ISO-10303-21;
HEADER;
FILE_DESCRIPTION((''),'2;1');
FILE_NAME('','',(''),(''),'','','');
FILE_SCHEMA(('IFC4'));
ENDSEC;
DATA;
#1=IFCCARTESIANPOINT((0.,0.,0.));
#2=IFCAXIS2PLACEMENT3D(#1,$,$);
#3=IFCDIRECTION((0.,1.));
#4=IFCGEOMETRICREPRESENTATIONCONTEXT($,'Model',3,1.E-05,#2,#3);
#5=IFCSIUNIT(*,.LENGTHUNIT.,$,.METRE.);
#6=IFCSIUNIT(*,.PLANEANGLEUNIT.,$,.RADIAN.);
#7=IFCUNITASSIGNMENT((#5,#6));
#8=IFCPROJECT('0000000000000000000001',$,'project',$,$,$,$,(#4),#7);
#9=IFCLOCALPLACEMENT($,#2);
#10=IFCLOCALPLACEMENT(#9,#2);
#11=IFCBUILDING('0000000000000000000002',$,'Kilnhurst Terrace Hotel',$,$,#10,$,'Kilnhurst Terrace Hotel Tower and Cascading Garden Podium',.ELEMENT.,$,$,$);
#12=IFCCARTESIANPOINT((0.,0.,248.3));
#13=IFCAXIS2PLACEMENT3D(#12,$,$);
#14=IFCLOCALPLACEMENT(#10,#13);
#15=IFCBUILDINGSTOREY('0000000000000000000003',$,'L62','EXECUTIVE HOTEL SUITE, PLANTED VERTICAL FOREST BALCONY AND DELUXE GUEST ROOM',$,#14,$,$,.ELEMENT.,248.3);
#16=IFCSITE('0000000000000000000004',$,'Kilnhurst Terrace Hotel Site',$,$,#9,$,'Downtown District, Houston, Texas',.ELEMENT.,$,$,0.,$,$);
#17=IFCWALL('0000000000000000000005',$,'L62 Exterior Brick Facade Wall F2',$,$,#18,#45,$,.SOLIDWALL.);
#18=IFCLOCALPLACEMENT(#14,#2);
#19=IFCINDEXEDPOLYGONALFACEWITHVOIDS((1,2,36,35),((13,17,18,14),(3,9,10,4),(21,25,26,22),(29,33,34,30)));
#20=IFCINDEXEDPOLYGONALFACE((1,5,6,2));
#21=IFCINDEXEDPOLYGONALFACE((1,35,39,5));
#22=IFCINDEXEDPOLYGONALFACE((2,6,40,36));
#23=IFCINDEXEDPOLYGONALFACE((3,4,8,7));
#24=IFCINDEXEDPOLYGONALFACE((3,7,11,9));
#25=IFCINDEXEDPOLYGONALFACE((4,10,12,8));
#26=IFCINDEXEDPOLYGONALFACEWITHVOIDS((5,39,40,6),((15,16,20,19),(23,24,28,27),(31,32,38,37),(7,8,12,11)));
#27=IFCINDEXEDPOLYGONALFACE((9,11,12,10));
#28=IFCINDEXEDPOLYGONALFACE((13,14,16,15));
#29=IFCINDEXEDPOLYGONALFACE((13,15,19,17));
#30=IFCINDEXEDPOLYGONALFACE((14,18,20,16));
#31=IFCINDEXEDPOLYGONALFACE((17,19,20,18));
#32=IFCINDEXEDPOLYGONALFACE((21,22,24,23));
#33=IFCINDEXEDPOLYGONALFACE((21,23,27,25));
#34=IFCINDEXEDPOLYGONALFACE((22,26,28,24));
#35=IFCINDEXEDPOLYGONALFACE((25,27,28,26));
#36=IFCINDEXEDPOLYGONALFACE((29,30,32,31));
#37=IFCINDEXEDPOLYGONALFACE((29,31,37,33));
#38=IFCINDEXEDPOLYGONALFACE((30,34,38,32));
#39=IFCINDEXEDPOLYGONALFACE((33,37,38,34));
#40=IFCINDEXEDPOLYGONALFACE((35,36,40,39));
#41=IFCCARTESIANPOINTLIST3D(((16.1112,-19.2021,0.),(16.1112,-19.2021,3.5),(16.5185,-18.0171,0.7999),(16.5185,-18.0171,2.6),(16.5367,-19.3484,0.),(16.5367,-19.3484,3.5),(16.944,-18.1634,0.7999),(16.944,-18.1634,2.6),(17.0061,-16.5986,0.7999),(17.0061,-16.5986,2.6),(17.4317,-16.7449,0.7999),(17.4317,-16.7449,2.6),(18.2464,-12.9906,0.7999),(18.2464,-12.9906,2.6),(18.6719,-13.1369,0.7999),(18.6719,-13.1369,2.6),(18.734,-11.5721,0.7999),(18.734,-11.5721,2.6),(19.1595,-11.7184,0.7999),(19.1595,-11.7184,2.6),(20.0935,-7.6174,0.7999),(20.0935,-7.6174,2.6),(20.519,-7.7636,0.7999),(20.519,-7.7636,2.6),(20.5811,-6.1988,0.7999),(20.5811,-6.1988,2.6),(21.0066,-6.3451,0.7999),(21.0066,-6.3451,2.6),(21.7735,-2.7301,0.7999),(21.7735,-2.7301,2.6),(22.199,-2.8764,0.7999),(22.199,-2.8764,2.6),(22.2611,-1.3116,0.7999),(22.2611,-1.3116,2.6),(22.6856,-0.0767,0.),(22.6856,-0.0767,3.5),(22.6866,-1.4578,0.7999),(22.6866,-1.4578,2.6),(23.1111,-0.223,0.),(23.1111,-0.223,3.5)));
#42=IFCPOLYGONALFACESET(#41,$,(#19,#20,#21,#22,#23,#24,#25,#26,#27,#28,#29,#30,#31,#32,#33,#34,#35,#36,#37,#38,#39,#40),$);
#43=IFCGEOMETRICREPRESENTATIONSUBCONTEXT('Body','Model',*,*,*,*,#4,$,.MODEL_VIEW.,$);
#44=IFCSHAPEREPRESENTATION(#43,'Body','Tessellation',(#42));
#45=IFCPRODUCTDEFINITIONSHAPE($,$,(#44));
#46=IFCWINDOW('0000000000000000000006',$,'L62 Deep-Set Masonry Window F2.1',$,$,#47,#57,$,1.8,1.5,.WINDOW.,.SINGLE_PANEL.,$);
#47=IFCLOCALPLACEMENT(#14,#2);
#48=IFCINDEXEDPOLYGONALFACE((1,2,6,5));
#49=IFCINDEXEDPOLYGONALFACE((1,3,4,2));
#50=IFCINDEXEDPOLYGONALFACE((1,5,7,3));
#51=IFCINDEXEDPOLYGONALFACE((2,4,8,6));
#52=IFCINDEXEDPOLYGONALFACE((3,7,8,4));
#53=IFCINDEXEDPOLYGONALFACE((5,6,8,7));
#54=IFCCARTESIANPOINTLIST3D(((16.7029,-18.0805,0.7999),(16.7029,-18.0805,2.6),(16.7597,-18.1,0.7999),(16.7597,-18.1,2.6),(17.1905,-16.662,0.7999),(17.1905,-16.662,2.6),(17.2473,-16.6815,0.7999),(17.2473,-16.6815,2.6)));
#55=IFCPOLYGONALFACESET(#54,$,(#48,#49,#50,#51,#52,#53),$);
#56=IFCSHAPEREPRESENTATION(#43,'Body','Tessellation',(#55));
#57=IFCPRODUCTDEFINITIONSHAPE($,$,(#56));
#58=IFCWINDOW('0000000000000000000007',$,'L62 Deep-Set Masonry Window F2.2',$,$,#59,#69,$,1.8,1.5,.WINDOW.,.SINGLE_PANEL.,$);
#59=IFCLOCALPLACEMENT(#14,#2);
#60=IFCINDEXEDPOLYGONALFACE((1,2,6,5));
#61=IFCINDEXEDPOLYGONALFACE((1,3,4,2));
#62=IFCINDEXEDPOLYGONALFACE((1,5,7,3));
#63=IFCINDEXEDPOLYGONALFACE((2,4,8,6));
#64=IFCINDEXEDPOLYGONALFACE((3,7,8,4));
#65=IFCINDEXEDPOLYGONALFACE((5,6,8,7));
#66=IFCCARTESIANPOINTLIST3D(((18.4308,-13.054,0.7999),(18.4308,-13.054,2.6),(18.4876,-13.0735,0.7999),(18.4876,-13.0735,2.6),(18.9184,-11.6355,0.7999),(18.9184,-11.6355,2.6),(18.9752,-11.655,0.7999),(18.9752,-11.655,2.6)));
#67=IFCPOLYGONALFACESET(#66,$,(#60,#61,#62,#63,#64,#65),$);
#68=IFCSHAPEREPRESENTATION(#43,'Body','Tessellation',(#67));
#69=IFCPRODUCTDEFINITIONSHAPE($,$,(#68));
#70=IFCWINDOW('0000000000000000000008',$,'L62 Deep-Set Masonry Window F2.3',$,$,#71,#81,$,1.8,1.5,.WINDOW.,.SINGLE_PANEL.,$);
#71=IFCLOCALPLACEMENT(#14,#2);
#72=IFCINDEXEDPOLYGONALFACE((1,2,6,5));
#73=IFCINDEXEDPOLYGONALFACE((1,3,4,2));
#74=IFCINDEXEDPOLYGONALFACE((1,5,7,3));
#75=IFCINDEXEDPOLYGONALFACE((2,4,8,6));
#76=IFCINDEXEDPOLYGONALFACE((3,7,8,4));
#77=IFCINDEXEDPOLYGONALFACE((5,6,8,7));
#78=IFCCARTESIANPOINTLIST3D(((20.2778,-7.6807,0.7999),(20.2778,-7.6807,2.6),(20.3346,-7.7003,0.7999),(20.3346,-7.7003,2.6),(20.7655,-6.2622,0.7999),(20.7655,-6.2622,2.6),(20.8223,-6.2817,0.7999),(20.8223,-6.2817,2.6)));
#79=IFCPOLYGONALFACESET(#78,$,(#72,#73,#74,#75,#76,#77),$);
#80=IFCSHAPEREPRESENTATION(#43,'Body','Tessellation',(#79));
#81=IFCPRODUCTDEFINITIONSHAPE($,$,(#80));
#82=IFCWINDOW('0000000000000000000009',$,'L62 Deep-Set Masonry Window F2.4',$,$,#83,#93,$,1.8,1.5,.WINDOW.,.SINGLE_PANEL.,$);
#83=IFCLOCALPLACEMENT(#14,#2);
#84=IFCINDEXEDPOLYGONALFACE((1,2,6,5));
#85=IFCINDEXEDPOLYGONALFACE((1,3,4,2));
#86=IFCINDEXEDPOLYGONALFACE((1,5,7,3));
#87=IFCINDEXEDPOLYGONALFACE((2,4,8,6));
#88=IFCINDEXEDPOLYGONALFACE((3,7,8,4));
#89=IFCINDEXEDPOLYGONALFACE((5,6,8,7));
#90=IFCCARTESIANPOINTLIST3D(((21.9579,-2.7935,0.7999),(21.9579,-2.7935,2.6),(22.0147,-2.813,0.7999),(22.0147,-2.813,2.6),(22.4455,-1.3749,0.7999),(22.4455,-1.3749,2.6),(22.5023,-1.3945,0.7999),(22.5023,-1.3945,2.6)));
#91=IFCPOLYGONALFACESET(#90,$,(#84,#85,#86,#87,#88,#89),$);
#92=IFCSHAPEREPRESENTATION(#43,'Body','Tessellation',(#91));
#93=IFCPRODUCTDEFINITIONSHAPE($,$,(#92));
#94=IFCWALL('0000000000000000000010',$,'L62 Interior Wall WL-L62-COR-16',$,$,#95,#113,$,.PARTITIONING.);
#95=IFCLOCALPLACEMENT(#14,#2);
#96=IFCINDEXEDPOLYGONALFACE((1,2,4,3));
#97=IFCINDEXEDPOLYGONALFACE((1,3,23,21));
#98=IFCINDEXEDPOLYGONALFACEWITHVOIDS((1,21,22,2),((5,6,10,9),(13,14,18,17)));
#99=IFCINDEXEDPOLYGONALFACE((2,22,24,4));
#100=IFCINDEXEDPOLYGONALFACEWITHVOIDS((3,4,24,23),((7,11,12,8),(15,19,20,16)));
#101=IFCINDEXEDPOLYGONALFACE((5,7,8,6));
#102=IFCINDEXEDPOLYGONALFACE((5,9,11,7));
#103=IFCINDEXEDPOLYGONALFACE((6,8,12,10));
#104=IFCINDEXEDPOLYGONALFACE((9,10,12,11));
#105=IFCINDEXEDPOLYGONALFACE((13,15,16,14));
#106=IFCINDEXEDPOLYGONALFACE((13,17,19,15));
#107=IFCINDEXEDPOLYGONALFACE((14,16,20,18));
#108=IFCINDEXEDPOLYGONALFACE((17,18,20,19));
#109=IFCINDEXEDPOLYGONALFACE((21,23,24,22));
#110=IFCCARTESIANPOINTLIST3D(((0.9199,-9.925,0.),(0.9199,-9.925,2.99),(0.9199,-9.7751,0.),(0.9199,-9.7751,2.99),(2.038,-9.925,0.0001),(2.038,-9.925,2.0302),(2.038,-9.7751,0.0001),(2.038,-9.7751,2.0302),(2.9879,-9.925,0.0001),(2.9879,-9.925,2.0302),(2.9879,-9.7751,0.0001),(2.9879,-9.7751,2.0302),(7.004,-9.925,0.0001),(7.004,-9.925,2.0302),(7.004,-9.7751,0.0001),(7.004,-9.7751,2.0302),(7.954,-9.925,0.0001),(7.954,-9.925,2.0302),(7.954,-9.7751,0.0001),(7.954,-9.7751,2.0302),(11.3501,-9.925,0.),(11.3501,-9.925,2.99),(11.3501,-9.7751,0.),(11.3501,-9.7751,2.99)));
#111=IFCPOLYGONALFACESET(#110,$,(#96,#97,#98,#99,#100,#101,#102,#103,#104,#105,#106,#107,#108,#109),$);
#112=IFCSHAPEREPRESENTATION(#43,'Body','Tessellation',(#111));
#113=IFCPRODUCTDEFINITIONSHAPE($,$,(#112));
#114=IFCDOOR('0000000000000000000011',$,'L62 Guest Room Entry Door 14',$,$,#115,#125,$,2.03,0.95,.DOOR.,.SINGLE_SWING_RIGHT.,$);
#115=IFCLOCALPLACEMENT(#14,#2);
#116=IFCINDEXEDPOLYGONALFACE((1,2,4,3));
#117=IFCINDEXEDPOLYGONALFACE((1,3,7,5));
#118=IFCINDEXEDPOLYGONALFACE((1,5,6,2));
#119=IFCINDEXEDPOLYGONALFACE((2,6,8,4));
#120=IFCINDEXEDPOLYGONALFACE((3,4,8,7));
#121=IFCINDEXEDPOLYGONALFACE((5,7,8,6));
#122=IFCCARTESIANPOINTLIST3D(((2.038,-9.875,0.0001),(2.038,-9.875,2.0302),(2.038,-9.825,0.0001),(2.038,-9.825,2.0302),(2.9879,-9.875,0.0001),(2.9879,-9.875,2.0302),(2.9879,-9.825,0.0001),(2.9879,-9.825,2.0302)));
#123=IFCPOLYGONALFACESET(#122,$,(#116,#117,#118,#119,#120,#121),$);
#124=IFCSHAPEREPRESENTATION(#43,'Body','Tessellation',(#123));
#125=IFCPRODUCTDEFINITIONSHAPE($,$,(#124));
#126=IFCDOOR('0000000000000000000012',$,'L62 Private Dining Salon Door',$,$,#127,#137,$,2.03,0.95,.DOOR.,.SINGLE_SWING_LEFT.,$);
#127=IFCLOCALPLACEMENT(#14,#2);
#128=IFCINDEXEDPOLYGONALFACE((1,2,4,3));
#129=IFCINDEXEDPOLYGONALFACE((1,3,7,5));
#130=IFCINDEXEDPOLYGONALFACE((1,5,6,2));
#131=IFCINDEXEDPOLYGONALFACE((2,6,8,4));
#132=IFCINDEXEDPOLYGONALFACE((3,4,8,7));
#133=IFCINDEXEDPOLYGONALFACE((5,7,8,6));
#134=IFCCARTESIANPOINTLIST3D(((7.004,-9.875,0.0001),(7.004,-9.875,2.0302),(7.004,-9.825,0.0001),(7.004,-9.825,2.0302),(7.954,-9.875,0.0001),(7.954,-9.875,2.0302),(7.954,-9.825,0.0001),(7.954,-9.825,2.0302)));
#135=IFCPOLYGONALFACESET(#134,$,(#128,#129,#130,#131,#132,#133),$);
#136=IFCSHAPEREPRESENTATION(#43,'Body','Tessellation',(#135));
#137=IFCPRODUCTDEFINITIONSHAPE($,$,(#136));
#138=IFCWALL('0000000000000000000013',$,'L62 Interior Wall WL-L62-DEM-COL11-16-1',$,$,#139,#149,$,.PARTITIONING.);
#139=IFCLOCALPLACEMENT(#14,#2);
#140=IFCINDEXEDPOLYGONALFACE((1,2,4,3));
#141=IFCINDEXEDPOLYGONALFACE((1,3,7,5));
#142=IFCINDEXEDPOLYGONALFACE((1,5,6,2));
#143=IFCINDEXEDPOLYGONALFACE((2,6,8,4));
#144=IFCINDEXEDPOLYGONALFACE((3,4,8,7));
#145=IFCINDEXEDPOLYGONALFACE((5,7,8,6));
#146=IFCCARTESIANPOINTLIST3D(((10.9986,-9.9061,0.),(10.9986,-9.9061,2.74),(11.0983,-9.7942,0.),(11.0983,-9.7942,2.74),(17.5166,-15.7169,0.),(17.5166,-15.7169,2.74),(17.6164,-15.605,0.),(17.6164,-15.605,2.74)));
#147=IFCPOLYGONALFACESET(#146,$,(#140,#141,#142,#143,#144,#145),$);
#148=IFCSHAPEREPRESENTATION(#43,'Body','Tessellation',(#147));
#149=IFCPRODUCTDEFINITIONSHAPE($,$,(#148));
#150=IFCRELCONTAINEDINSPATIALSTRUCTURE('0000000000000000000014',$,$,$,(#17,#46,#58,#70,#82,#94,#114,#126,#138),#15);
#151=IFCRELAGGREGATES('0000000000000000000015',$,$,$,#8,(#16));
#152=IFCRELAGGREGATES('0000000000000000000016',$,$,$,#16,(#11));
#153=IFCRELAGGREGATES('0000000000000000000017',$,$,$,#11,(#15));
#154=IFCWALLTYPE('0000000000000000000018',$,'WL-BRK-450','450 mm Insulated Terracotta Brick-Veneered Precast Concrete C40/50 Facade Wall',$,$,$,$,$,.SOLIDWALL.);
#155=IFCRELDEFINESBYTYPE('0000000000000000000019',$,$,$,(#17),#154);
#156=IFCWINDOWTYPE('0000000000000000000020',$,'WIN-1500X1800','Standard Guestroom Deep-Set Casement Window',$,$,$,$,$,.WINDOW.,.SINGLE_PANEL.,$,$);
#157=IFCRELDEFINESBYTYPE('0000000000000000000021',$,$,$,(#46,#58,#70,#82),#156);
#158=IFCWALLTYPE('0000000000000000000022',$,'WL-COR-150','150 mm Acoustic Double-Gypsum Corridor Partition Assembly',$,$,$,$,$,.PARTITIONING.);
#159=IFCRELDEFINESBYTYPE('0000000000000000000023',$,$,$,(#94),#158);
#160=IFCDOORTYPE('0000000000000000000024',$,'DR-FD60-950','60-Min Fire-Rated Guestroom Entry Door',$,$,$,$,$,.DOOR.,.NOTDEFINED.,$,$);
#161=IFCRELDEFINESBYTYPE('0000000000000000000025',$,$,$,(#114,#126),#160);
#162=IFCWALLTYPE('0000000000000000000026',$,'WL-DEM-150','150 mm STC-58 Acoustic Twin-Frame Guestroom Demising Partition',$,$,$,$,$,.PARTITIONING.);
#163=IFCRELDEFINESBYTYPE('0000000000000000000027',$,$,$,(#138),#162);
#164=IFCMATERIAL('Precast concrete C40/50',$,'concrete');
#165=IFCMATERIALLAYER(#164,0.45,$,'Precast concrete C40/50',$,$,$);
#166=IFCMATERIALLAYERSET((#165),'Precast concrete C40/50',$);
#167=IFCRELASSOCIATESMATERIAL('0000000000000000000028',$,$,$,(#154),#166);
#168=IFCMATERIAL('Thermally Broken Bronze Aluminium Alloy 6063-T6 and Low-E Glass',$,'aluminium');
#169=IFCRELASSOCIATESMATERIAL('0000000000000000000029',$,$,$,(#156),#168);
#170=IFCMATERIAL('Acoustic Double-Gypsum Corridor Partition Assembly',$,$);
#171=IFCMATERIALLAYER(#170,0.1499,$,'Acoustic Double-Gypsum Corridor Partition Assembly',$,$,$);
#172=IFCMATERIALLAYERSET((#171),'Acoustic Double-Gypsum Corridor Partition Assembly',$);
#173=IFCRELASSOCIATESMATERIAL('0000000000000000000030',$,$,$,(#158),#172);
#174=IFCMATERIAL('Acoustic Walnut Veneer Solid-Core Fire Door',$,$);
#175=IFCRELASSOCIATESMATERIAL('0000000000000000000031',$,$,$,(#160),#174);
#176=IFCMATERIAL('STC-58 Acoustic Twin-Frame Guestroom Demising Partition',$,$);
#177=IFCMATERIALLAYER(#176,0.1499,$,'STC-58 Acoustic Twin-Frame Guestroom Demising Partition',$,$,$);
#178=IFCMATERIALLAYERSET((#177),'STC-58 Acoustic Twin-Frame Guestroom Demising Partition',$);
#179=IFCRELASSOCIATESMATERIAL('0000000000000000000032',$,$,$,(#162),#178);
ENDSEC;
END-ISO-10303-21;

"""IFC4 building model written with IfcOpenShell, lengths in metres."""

from ifc_helpers import new_model, si_unit, direction, frame, frame_2d, origin, place, context, subcontext, project, spatial, rectangle, extrude, material, layer, layer_set, type_object, element, fill, save


model = new_model("IFC4")

# Units and contexts
model_context = context("Model", 3, precision=1e-05, world=origin(), true_north=direction((0.0, 1.0)))
body_context = subcontext(model_context, "Body", "Model", "MODEL_VIEW")
ifc_project = project(units=[si_unit("LENGTHUNIT", "METRE"), si_unit("PLANEANGLEUNIT", "RADIAN")], contexts=[model_context])

# Site, building, storey
site_placement = place(None, origin())
site = spatial("IfcSite", under=ifc_project, at=site_placement, Name="Kilnhurst Terrace Hotel Site", LongName="Downtown District, Houston, Texas", CompositionType="ELEMENT", RefElevation=0.0)
building_placement = place(site_placement, origin())
building = spatial("IfcBuilding", under=site, at=building_placement, Name="Kilnhurst Terrace Hotel", LongName="Kilnhurst Terrace Hotel Tower and Cascading Garden Podium", CompositionType="ELEMENT")
storey_placement = place(building_placement, frame((0.0, 0.0, 248.3)))
storey = spatial("IfcBuildingStorey", under=building, at=storey_placement, Name="L62", Description="EXECUTIVE HOTEL SUITE, PLANTED VERTICAL FOREST BALCONY AND DELUXE GUEST ROOM", CompositionType="ELEMENT", Elevation=248.3)

# Shared definitions
ifc_material_1 = material(Name="Precast concrete C40/50", Category="concrete")
ifc_layer_1 = layer(ifc_material_1, 0.45, Name="Precast concrete C40/50")
ifc_layer_set_1 = layer_set([ifc_layer_1], Name="Precast concrete C40/50")
wall_type_1 = type_object("IfcWallType", Name="WL-BRK-450", Description="450 mm Insulated Terracotta Brick-Veneered Precast Concrete C40/50 Facade Wall", PredefinedType="SOLIDWALL", material=ifc_layer_set_1)

# Wall, openings, windows
wall_1_placement = place(storey_placement, frame((16.324, -19.2751, 0.0), z_axis=(0.0, 0.0, 1.0), x_axis=(0.325083, 0.945685, 0.0)))
wall_1 = element("IfcWall", 1, at=wall_1_placement, inside=storey, type_object=wall_type_1, Name="L62 Exterior Brick Facade Wall F2", PredefinedType="SOLIDWALL", context=body_context, shape_type="SweptSolid", body=[
    extrude(rectangle(XDim=20.2239, YDim=0.45, at=frame_2d((10.1118, 0.0))), origin(), (0.0, 0.0, 1.0), 3.5),
])
opening_1_placement = place(wall_1_placement, frame((1.2529, 0.0, 0.8)))
opening_1 = element("IfcOpeningElement", 2, at=opening_1_placement, cuts=wall_1, PredefinedType="OPENING", context=body_context, shape_type="SweptSolid", body=[
    extrude(rectangle(XDim=1.5, YDim=1.8, at=frame_2d((0.75, 0.8999))), frame((0.0, 0.2349, 0.0), z_axis=(0.0, -1.0, 0.0), x_axis=(1.0, 0.0, 0.0)), (0.0, 0.0, 1.0), 0.47),
])
opening_2_placement = place(wall_1_placement, frame((6.5681, 0.0, 0.8)))
opening_2 = element("IfcOpeningElement", 3, at=opening_2_placement, cuts=wall_1, PredefinedType="OPENING", context=body_context, shape_type="SweptSolid", body=[
    extrude(rectangle(XDim=1.5, YDim=1.8, at=frame_2d((0.75, 0.8999))), frame((0.0, 0.2349, 0.0), z_axis=(0.0, -1.0, 0.0), x_axis=(1.0, 0.0, 0.0)), (0.0, 0.0, 1.0), 0.47),
])
opening_3_placement = place(wall_1_placement, frame((12.25, 0.0, 0.8)))
opening_3 = element("IfcOpeningElement", 4, at=opening_3_placement, cuts=wall_1, PredefinedType="OPENING", context=body_context, shape_type="SweptSolid", body=[
    extrude(rectangle(XDim=1.5, YDim=1.8, at=frame_2d((0.75, 0.8999))), frame((0.0, 0.2349, 0.0), z_axis=(0.0, -1.0, 0.0), x_axis=(1.0, 0.0, 0.0)), (0.0, 0.0, 1.0), 0.47),
])
opening_4_placement = place(wall_1_placement, frame((17.418, 0.0, 0.8)))
opening_4 = element("IfcOpeningElement", 5, at=opening_4_placement, cuts=wall_1, PredefinedType="OPENING", context=body_context, shape_type="SweptSolid", body=[
    extrude(rectangle(XDim=1.5, YDim=1.8, at=frame_2d((0.75, 0.8999))), frame((0.0, 0.2349, 0.0), z_axis=(0.0, -1.0, 0.0), x_axis=(1.0, 0.0, 0.0)), (0.0, 0.0, 1.0), 0.47),
])
ifc_material_2 = material(Name="Thermally Broken Bronze Aluminium Alloy 6063-T6 and Low-E Glass", Category="aluminium")
window_type = type_object("IfcWindowType", Name="WIN-1500X1800", Description="Standard Guestroom Deep-Set Casement Window", PartitioningType="SINGLE_PANEL", PredefinedType="WINDOW", material=ifc_material_2)
window_1_placement = place(opening_1_placement, origin())
window_1 = element("IfcWindow", 6, at=window_1_placement, inside=storey, type_object=window_type, Name="L62 Deep-Set Masonry Window F2.1", OverallHeight=1.8, OverallWidth=1.5, PartitioningType="SINGLE_PANEL", PredefinedType="WINDOW", context=body_context, shape_type="SweptSolid", body=[
    extrude(rectangle(XDim=1.5, YDim=1.8, at=frame_2d((0.75, 0.8999))), frame((0.0, 0.03, 0.0), z_axis=(0.0, -1.0, 0.0), x_axis=(1.0, 0.0, 0.0)), (0.0, 0.0, 1.0), 0.0601),
])
fill(opening_1, window_1)
window_2_placement = place(opening_2_placement, origin())
window_2 = element("IfcWindow", 7, at=window_2_placement, inside=storey, type_object=window_type, Name="L62 Deep-Set Masonry Window F2.2", OverallHeight=1.8, OverallWidth=1.5, PartitioningType="SINGLE_PANEL", PredefinedType="WINDOW", context=body_context, shape_type="SweptSolid", body=[
    extrude(rectangle(XDim=1.5, YDim=1.8, at=frame_2d((0.75, 0.8999))), frame((0.0, 0.03, 0.0), z_axis=(0.0, -1.0, 0.0), x_axis=(1.0, 0.0, 0.0)), (0.0, 0.0, 1.0), 0.0601),
])
fill(opening_2, window_2)
window_3_placement = place(opening_3_placement, origin())
window_3 = element("IfcWindow", 8, at=window_3_placement, inside=storey, type_object=window_type, Name="L62 Deep-Set Masonry Window F2.3", OverallHeight=1.8, OverallWidth=1.5, PartitioningType="SINGLE_PANEL", PredefinedType="WINDOW", context=body_context, shape_type="SweptSolid", body=[
    extrude(rectangle(XDim=1.5, YDim=1.8, at=frame_2d((0.75, 0.8999))), frame((0.0, 0.03, 0.0), z_axis=(0.0, -1.0, 0.0), x_axis=(1.0, 0.0, 0.0)), (0.0, 0.0, 1.0), 0.0601),
])
fill(opening_3, window_3)
window_4_placement = place(opening_4_placement, origin())
window_4 = element("IfcWindow", 9, at=window_4_placement, inside=storey, type_object=window_type, Name="L62 Deep-Set Masonry Window F2.4", OverallHeight=1.8, OverallWidth=1.5, PartitioningType="SINGLE_PANEL", PredefinedType="WINDOW", context=body_context, shape_type="SweptSolid", body=[
    extrude(rectangle(XDim=1.5, YDim=1.8, at=frame_2d((0.75, 0.8999))), frame((0.0, 0.03, 0.0), z_axis=(0.0, -1.0, 0.0), x_axis=(1.0, 0.0, 0.0)), (0.0, 0.0, 1.0), 0.0601),
])
fill(opening_4, window_4)

# Wall, openings, doors
ifc_material_3 = material(Name="Acoustic Double-Gypsum Corridor Partition Assembly")
ifc_layer_2 = layer(ifc_material_3, 0.1499, Name="Acoustic Double-Gypsum Corridor Partition Assembly")
ifc_layer_set_2 = layer_set([ifc_layer_2], Name="Acoustic Double-Gypsum Corridor Partition Assembly")
wall_type_2 = type_object("IfcWallType", Name="WL-COR-150", Description="150 mm Acoustic Double-Gypsum Corridor Partition Assembly", PredefinedType="PARTITIONING", material=ifc_layer_set_2)
wall_2_placement = place(storey_placement, frame((11.3501, -9.8501, 0.0), z_axis=(0.0, 0.0, 1.0), x_axis=(-1.0, 0.0, 0.0)))
wall_2 = element("IfcWall", 10, at=wall_2_placement, inside=storey, type_object=wall_type_2, Name="L62 Interior Wall WL-L62-COR-16", PredefinedType="PARTITIONING", context=body_context, shape_type="SweptSolid", body=[
    extrude(rectangle(XDim=10.4302, YDim=0.1499, at=frame_2d((5.2151, 0.0))), origin(), (0.0, 0.0, 1.0), 2.99),
])
opening_5_placement = place(wall_2_placement, frame((8.3621, 0.0, 0.0)))
opening_5 = element("IfcOpeningElement", 11, at=opening_5_placement, cuts=wall_2, PredefinedType="OPENING", context=body_context, shape_type="SweptSolid", body=[
    extrude(rectangle(XDim=0.95, YDim=2.03, at=frame_2d((0.4751, 1.0151))), frame((0.0, 0.085, 0.0), z_axis=(0.0, -1.0, 0.0), x_axis=(1.0, 0.0, 0.0)), (0.0, 0.0, 1.0), 0.1699),
])
opening_6_placement = place(wall_2_placement, frame((3.396, 0.0, 0.0)))
opening_6 = element("IfcOpeningElement", 12, at=opening_6_placement, cuts=wall_2, PredefinedType="OPENING", context=body_context, shape_type="SweptSolid", body=[
    extrude(rectangle(XDim=0.95, YDim=2.03, at=frame_2d((0.4751, 1.0151))), frame((0.0, 0.085, 0.0), z_axis=(0.0, -1.0, 0.0), x_axis=(1.0, 0.0, 0.0)), (0.0, 0.0, 1.0), 0.1699),
])
ifc_material_4 = material(Name="Acoustic Walnut Veneer Solid-Core Fire Door")
door_type_1 = type_object("IfcDoorType", Name="DR-FD60-950", Description="60-Min Fire-Rated Guestroom Entry Door", OperationType="NOTDEFINED", PredefinedType="DOOR", material=ifc_material_4)
door_1_placement = place(opening_5_placement, origin())
door_1 = element("IfcDoor", 13, at=door_1_placement, inside=storey, type_object=door_type_1, Name="L62 Guest Room Entry Door 14", OperationType="SINGLE_SWING_RIGHT", OverallHeight=2.03, OverallWidth=0.95, PredefinedType="DOOR", context=body_context, shape_type="SweptSolid", body=[
    extrude(rectangle(XDim=0.95, YDim=2.03, at=frame_2d((0.4751, 1.0151))), frame((0.0, 0.0249, 0.0), z_axis=(0.0, -1.0, 0.0), x_axis=(1.0, 0.0, 0.0)), (0.0, 0.0, 1.0), 0.05),
])
fill(opening_5, door_1)
door_2_placement = place(opening_6_placement, origin())
door_2 = element("IfcDoor", 14, at=door_2_placement, inside=storey, type_object=door_type_1, Name="L62 Private Dining Salon Door", OperationType="SINGLE_SWING_LEFT", OverallHeight=2.03, OverallWidth=0.95, PredefinedType="DOOR", context=body_context, shape_type="SweptSolid", body=[
    extrude(rectangle(XDim=0.95, YDim=2.03, at=frame_2d((0.4751, 1.0151))), frame((0.0, 0.0249, 0.0), z_axis=(0.0, -1.0, 0.0), x_axis=(1.0, 0.0, 0.0)), (0.0, 0.0, 1.0), 0.05),
])
fill(opening_6, door_2)

# Wall
ifc_material_5 = material(Name="STC-58 Acoustic Twin-Frame Guestroom Demising Partition")
ifc_layer_3 = layer(ifc_material_5, 0.1499, Name="STC-58 Acoustic Twin-Frame Guestroom Demising Partition")
ifc_layer_set_3 = layer_set([ifc_layer_3], Name="STC-58 Acoustic Twin-Frame Guestroom Demising Partition")
wall_type_3 = type_object("IfcWallType", Name="WL-DEM-150", Description="150 mm STC-58 Acoustic Twin-Frame Guestroom Demising Partition", PredefinedType="PARTITIONING", material=ifc_layer_set_3)
wall_3_placement = place(storey_placement, frame((11.0483, -9.8501, 0.0), z_axis=(0.0, 0.0, 1.0), x_axis=(0.746444, -0.665448, 0.0)))
element("IfcWall", 15, at=wall_3_placement, inside=storey, type_object=wall_type_3, Name="L62 Interior Wall WL-L62-DEM-COL11-16-1", PredefinedType="PARTITIONING", context=body_context, shape_type="SweptSolid", body=[
    extrude(rectangle(XDim=8.7322, YDim=0.1499, at=frame_2d((4.3662, 0.0))), origin(), (0.0, 0.0, 1.0), 2.74),
])

save(model, "model.ifc")
